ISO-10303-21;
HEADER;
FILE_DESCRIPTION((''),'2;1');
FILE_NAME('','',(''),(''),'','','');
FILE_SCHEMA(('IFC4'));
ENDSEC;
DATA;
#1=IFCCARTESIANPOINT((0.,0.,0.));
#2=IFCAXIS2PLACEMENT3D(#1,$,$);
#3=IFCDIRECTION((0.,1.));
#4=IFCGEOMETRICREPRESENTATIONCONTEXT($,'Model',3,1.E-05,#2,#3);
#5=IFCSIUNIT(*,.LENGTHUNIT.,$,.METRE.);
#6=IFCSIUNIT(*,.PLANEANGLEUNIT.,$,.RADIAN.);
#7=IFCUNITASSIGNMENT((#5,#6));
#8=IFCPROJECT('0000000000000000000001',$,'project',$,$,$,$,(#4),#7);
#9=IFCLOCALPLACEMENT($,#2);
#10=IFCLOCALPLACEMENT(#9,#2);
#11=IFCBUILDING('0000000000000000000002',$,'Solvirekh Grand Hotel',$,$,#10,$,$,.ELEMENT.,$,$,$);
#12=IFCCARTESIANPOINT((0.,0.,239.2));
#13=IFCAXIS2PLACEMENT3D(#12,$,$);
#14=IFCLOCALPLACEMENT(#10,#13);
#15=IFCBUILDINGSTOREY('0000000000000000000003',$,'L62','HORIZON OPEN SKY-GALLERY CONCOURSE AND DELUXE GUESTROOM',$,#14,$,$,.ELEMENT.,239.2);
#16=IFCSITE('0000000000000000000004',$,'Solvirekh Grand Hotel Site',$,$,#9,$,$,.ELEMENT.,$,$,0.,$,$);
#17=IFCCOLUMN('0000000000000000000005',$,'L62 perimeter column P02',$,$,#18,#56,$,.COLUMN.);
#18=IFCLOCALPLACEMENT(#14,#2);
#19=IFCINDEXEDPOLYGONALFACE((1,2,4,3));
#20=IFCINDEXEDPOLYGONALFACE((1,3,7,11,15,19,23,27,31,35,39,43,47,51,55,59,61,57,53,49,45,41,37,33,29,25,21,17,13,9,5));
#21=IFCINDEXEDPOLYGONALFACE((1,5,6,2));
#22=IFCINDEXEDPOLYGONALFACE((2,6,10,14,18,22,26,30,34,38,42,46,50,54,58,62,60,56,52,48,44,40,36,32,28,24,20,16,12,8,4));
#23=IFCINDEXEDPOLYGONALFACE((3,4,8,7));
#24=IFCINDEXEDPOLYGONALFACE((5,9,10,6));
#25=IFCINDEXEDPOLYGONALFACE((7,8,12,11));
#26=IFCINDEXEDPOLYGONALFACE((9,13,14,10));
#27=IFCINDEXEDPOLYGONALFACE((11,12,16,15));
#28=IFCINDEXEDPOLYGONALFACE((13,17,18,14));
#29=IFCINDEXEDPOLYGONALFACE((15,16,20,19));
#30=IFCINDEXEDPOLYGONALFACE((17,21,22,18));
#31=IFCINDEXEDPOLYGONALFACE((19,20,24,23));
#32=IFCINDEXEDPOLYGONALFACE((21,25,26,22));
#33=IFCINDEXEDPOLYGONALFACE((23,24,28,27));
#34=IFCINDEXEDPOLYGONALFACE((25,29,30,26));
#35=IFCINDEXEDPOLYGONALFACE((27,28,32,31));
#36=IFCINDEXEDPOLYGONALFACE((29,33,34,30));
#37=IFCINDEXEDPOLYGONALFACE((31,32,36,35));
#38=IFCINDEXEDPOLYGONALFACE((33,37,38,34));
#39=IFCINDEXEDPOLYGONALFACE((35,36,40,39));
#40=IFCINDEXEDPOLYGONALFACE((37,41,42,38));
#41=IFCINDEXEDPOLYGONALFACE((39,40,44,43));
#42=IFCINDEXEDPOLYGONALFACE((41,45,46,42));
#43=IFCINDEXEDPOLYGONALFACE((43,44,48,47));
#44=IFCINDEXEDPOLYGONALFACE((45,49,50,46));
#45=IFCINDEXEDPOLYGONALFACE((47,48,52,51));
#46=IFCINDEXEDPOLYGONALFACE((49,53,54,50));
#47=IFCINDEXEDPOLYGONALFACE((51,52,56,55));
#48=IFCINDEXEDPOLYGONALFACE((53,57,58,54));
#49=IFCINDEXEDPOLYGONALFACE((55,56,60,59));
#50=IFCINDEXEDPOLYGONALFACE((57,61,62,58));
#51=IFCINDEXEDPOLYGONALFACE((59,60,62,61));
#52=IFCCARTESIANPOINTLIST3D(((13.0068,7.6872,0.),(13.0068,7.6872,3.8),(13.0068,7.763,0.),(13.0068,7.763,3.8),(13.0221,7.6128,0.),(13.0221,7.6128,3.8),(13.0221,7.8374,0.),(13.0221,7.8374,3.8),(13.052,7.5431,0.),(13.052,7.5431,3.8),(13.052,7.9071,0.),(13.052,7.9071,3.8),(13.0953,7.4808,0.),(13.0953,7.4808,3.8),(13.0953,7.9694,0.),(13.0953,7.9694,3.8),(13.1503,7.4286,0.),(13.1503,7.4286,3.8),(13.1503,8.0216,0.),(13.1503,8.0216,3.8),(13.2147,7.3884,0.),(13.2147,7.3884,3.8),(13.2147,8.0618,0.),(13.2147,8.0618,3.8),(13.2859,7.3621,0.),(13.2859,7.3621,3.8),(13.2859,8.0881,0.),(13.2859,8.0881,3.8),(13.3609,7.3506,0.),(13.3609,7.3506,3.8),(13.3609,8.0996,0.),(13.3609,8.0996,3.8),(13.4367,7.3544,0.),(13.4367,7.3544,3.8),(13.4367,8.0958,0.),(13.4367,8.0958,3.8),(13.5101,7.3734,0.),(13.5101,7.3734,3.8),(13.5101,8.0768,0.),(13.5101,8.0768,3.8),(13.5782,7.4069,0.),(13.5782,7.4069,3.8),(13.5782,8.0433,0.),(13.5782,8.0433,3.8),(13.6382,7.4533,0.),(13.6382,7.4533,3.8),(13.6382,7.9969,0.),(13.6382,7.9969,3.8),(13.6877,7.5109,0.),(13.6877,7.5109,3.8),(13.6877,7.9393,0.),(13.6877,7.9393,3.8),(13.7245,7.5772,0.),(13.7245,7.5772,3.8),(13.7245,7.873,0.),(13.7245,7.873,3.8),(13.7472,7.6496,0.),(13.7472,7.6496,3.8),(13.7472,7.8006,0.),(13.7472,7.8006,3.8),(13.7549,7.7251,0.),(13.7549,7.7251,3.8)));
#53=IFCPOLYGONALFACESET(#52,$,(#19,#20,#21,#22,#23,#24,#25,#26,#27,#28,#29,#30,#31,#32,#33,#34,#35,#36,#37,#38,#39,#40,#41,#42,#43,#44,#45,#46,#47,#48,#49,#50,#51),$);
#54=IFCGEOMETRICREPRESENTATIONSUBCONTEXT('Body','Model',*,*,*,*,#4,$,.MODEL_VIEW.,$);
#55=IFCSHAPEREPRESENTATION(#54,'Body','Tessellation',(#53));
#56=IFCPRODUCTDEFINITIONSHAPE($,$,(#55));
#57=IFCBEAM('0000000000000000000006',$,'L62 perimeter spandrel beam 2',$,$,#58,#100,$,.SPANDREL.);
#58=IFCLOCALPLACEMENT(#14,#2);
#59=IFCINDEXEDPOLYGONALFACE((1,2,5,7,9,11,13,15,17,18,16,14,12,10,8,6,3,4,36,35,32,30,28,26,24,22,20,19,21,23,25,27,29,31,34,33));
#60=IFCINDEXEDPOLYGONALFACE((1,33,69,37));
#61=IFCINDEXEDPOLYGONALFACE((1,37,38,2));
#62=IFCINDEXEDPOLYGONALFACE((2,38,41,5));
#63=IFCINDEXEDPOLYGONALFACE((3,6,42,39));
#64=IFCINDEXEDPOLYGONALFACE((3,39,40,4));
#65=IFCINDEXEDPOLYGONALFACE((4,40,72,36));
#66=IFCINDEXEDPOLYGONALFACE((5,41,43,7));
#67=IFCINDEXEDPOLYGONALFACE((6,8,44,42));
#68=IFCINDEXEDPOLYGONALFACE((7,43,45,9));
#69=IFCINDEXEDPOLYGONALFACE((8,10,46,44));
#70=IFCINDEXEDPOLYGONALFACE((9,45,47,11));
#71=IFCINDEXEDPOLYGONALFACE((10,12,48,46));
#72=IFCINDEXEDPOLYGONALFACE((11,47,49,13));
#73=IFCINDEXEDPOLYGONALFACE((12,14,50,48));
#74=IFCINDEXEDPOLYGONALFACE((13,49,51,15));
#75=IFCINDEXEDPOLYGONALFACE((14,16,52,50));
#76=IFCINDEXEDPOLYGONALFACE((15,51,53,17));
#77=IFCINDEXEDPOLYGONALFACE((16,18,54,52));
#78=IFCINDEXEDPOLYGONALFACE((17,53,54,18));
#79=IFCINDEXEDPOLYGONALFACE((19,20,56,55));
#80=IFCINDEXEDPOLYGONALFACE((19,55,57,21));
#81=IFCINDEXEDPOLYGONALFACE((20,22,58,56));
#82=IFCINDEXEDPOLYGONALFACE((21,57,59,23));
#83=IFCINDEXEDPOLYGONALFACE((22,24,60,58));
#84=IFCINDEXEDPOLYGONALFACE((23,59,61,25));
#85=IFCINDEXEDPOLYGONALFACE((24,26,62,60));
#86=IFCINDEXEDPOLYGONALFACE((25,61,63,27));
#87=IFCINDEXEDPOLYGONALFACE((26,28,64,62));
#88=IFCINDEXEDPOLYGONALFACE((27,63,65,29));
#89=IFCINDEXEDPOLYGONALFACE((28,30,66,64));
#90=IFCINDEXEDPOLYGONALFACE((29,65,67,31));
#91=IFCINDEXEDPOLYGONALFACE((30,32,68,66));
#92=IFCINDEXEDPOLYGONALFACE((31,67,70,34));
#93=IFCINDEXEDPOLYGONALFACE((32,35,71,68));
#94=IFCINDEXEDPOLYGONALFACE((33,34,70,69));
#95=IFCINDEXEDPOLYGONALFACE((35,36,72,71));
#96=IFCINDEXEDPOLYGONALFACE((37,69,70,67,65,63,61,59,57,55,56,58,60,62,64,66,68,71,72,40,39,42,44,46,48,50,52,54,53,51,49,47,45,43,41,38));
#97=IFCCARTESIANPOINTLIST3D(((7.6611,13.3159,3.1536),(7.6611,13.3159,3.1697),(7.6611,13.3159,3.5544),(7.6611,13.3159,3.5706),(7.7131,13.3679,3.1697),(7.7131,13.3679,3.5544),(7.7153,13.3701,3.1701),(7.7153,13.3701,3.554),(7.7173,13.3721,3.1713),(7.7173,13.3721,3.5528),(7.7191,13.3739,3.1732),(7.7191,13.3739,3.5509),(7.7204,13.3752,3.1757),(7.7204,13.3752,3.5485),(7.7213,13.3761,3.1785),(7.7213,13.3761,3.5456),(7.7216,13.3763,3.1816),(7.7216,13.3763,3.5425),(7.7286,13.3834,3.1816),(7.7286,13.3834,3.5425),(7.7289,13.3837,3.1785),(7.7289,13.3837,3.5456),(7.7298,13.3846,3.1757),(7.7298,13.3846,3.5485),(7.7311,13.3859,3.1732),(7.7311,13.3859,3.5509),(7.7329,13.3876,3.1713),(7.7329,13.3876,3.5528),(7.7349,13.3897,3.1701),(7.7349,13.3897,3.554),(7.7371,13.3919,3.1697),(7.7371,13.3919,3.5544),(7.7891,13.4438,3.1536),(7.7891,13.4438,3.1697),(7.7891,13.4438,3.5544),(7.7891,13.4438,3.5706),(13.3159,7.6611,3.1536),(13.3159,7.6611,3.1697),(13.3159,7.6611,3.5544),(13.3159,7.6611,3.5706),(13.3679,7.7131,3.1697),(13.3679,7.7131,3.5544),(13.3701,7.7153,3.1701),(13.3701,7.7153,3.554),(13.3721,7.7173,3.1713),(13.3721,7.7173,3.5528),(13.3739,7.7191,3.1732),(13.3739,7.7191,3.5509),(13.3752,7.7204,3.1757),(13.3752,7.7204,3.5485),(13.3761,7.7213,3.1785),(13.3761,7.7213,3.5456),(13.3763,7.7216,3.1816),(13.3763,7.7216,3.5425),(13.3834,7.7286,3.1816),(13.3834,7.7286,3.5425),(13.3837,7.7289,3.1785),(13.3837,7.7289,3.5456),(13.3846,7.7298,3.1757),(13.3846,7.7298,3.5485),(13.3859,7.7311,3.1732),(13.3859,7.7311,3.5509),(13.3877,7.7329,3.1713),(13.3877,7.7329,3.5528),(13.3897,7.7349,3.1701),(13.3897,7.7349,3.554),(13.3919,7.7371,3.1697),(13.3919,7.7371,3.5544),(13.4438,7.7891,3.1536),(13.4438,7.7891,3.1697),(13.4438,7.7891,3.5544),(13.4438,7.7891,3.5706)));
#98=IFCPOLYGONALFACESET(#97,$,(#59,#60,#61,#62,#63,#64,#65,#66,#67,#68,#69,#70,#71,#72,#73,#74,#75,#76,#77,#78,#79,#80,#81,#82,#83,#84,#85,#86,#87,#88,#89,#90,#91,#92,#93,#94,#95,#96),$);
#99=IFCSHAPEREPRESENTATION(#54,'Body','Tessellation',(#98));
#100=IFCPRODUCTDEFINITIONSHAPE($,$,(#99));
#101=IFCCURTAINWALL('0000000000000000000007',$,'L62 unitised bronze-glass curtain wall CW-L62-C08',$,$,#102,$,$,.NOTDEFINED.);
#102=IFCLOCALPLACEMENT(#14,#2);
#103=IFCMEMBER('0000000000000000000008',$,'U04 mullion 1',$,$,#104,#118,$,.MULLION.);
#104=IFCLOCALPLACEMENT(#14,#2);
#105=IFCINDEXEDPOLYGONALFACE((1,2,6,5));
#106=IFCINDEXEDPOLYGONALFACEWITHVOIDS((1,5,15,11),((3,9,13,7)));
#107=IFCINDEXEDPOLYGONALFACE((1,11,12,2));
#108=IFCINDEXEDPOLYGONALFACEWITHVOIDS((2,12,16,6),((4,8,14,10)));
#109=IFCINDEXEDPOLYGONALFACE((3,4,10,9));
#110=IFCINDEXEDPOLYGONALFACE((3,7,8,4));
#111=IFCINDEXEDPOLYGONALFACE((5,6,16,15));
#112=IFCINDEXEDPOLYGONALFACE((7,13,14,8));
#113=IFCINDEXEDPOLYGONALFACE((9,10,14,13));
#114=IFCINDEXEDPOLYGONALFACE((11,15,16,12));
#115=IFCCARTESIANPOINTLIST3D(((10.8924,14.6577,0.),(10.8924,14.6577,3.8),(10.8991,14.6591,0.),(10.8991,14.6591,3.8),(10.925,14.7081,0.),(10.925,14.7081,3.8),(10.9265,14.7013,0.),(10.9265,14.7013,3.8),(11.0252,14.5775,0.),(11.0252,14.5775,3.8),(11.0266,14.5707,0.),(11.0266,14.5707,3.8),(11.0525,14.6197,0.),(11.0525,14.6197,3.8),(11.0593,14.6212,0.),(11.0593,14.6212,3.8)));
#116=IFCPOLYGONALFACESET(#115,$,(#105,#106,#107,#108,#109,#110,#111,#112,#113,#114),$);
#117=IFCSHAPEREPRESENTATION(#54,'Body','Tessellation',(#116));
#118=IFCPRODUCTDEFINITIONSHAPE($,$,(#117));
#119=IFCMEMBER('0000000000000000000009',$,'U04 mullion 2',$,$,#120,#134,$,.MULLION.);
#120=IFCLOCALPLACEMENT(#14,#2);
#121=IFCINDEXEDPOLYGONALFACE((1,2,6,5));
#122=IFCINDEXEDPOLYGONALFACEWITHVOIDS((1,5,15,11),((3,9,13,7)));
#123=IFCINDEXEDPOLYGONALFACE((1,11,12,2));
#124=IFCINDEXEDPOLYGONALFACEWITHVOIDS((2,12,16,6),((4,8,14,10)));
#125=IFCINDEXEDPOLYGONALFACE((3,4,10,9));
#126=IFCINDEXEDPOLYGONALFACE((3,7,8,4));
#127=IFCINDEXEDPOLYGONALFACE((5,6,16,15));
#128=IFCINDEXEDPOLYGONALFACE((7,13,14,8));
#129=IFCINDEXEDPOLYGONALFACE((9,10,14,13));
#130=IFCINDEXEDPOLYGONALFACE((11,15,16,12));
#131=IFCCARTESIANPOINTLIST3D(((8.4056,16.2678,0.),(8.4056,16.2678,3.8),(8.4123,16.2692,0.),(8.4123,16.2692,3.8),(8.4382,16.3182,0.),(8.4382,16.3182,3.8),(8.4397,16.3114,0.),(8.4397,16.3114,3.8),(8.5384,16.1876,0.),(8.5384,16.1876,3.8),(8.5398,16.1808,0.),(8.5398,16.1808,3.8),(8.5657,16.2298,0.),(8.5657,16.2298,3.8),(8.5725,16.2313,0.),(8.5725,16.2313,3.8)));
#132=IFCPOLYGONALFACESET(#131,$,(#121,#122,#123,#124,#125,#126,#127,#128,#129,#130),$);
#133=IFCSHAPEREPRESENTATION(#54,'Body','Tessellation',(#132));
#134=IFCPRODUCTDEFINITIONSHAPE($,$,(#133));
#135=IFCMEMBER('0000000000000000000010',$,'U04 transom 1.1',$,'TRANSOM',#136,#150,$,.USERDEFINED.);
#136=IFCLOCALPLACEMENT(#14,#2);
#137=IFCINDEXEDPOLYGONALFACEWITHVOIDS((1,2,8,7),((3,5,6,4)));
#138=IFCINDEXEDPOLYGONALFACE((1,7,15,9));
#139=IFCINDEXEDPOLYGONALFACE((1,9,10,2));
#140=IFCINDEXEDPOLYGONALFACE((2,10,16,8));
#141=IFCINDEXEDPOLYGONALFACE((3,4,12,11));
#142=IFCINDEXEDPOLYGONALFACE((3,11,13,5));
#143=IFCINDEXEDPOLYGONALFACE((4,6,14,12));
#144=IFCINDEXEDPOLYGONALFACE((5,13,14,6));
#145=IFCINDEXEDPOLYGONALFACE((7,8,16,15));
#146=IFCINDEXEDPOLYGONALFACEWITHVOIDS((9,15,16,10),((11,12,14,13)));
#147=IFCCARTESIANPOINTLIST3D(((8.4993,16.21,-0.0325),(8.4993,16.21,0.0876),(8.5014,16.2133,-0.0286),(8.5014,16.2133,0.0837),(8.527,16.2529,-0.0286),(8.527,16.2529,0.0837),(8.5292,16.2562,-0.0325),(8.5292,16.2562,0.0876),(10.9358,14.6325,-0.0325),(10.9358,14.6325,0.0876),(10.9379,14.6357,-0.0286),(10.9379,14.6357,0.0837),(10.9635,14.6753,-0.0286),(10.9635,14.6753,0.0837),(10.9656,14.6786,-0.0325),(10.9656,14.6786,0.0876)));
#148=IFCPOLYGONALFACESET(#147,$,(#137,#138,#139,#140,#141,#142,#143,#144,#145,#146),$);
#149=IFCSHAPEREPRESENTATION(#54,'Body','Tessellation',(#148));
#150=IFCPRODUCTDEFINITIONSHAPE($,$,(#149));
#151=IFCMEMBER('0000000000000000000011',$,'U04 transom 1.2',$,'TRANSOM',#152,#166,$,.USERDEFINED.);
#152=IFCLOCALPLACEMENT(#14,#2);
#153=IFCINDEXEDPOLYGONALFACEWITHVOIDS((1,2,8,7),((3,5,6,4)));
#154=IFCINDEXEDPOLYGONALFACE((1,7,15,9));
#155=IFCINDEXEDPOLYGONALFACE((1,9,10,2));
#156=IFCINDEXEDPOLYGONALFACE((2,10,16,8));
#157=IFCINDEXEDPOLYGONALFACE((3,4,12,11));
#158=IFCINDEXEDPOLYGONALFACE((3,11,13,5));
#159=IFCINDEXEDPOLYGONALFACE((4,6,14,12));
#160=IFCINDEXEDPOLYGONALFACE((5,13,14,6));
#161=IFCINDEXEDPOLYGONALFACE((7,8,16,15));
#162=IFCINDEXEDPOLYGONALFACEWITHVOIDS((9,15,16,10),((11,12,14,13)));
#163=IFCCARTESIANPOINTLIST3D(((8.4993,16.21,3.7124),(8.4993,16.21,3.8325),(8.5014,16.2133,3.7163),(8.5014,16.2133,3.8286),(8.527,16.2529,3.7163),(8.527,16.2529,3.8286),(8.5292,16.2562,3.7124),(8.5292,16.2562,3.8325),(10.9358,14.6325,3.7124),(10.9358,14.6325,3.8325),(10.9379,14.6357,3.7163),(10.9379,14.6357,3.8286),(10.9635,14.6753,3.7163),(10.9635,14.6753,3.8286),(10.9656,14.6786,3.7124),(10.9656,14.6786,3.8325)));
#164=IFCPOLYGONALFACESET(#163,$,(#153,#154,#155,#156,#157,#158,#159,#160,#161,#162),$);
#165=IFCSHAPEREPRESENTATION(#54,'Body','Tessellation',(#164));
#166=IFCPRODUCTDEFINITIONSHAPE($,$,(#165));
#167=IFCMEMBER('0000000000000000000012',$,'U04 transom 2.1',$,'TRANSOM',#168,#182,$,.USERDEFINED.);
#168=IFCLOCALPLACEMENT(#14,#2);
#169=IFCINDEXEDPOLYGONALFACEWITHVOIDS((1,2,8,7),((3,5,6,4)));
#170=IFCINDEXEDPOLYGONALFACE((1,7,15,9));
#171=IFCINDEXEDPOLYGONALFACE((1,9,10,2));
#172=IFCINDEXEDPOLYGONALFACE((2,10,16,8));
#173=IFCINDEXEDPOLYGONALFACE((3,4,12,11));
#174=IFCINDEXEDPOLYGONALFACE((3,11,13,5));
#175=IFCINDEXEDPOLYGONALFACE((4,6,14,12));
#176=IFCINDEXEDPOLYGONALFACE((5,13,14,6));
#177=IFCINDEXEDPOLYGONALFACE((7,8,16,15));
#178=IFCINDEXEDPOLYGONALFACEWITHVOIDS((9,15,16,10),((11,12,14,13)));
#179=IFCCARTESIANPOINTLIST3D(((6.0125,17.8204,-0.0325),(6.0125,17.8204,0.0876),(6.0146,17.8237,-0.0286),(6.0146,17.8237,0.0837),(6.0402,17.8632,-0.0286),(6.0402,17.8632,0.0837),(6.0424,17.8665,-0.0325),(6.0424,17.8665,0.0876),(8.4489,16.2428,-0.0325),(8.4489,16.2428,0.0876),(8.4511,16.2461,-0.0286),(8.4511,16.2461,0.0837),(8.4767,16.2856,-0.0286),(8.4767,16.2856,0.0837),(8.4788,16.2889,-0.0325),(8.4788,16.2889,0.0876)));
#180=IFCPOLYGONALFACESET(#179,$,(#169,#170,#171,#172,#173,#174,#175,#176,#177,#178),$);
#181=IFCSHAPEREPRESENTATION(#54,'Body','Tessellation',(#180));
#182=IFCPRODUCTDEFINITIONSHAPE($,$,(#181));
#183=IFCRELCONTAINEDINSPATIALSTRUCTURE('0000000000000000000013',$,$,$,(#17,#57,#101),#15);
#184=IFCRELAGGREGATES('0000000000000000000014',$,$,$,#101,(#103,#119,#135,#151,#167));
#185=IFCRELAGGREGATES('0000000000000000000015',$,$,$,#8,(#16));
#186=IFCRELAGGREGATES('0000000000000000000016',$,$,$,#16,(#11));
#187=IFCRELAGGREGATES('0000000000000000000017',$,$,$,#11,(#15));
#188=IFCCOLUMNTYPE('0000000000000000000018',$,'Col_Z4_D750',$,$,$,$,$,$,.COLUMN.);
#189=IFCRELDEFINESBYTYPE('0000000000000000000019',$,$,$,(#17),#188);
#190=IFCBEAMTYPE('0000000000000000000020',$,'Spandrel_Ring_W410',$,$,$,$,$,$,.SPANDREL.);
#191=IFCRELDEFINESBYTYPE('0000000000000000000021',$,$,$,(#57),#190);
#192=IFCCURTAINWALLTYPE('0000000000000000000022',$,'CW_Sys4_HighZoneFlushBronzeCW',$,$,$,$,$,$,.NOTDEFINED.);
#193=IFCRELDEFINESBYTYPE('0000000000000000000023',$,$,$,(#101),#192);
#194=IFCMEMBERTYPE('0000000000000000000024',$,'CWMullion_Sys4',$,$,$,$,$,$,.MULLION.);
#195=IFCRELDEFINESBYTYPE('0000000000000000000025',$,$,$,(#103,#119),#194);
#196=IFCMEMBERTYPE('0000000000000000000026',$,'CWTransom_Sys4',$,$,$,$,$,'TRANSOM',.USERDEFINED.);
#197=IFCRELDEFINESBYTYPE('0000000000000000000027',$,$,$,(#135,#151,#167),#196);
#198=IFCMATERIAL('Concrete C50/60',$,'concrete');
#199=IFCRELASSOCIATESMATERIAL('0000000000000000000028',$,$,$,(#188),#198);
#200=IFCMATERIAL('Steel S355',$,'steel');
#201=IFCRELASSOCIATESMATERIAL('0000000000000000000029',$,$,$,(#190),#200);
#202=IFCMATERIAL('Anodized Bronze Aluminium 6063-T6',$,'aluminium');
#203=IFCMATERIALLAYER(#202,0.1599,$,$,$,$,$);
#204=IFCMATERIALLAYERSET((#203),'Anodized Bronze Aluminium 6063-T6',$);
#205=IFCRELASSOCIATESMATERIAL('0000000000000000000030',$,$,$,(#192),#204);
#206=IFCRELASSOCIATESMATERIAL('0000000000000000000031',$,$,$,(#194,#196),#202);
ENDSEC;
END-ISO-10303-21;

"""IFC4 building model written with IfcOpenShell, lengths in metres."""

from ifc_helpers import new_model, si_unit, direction, frame, origin, origin_2d, place, context, subcontext, project, spatial, hollow_rectangle, circle, i_section, extrude, source, transform, mapped, material, layer, layer_set, material_profile, profile_set, type_object, element, aggregate, save


model = new_model("IFC4")

# Units and contexts
model_context = context("Model", 3, precision=1e-05, world=origin(), true_north=direction((0.0, 1.0)))
body_context = subcontext(model_context, "Body", "Model", "MODEL_VIEW")
ifc_project = project(units=[si_unit("LENGTHUNIT", "METRE"), si_unit("PLANEANGLEUNIT", "RADIAN")], contexts=[model_context])

# Site, building, storey
site_placement = place(None, origin())
site = spatial("IfcSite", under=ifc_project, at=site_placement, Name="Solvirekh Grand Hotel Site", CompositionType="ELEMENT", RefElevation=0.0)
building_placement = place(site_placement, origin())
building = spatial("IfcBuilding", under=site, at=building_placement, Name="Solvirekh Grand Hotel", CompositionType="ELEMENT")
storey_placement = place(building_placement, frame((0.0, 0.0, 239.2)))
storey = spatial("IfcBuildingStorey", under=building, at=storey_placement, Name="L62", Description="HORIZON OPEN SKY-GALLERY CONCOURSE AND DELUXE GUESTROOM", CompositionType="ELEMENT", Elevation=239.2)

# Column
ifc_material_1 = material(Name="Concrete C50/60", Category="concrete")
ifc_material_profile_1 = material_profile(ifc_material_1, circle(Radius=0.375, at=origin_2d()), Name="RC CIRC D750")
ifc_profile_set_1 = profile_set([ifc_material_profile_1], Name="Concrete C50/60")
column_type = type_object("IfcColumnType", Name="Col_Z4_D750", PredefinedType="COLUMN", material=ifc_profile_set_1)
column_placement = place(storey_placement, frame((13.3799, 7.7251, 0.0), z_axis=(0.0, 0.0, 1.0), x_axis=(1.0, 0.0, 0.0)))
element("IfcColumn", 1, at=column_placement, inside=storey, type_object=column_type, Name="L62 perimeter column P02", PredefinedType="COLUMN", context=body_context, shape_type="SweptSolid", body=[
    extrude(circle(Radius=0.375, at=origin_2d()), origin(), (0.0, 0.0, 1.0), 3.8),
])

# Beam
ifc_material_2 = material(Name="Steel S355", Category="steel")
ifc_material_profile_2 = material_profile(ifc_material_2, i_section(OverallWidth=0.1809, OverallDepth=0.417, WebThickness=0.01, FlangeThickness=0.0161, FilletRadius=0.012, at=origin_2d()), Name="W410X85")
ifc_profile_set_2 = profile_set([ifc_material_profile_2], Name="Steel S355")
beam_type = type_object("IfcBeamType", Name="Spandrel_Ring_W410", PredefinedType="SPANDREL", material=ifc_profile_set_2)
beam_placement = place(storey_placement, frame((13.3799, 7.7251, 3.3621), z_axis=(-0.707107, 0.707107, 0.0), x_axis=(-0.707107, -0.707107, 0.0)))
element("IfcBeam", 2, at=beam_placement, inside=storey, type_object=beam_type, Name="L62 perimeter spandrel beam 2", PredefinedType="SPANDREL", context=body_context, shape_type="SweptSolid", body=[
    extrude(i_section(OverallWidth=0.1809, OverallDepth=0.417, WebThickness=0.01, FlangeThickness=0.0161, FilletRadius=0.012, at=origin_2d()), origin(), (0.0, 0.0, 1.0), 7.9971),
])

# Curtain wall, members
ifc_material_3 = material(Name="Anodized Bronze Aluminium 6063-T6", Category="aluminium")
ifc_layer_1 = layer(ifc_material_3, 0.1599)
ifc_layer_set_1 = layer_set([ifc_layer_1], Name="Anodized Bronze Aluminium 6063-T6")
curtain_wall_type = type_object("IfcCurtainWallType", Name="CW_Sys4_HighZoneFlushBronzeCW", PredefinedType="NOTDEFINED", material=ifc_layer_set_1)
curtain_wall_placement = place(storey_placement, origin())
curtain_wall = element("IfcCurtainWall", 3, at=curtain_wall_placement, inside=storey, type_object=curtain_wall_type, Name="L62 unitised bronze-glass curtain wall CW-L62-C08", PredefinedType="NOTDEFINED")
ifc_material_profile_3 = material_profile(ifc_material_3, hollow_rectangle(XDim=0.0601, YDim=0.1599, WallThickness=0.0049, at=origin_2d()), Name="ALU RHS 160X60X5")
ifc_profile_set_3 = profile_set([ifc_material_profile_3], Name="Anodized Bronze Aluminium 6063-T6")
member_type_1 = type_object("IfcMemberType", Name="CWMullion_Sys4", PredefinedType="MULLION", material=ifc_profile_set_3)
shared_shape_1 = source(origin(), body_context, "Body", "SweptSolid", [
    extrude(hollow_rectangle(XDim=0.0601, YDim=0.1599, WallThickness=0.0049, at=origin_2d()), origin(), (0.0, 0.0, 1.0), 3.8),
])
member_1_placement = place(storey_placement, frame((10.9758, 14.6394, 0.0), z_axis=(0.0, 0.0, 1.0), x_axis=(-0.543508, -0.839404, 0.0)))
member_1 = element("IfcMember", 4, at=member_1_placement, type_object=member_type_1, Name="U04 mullion 1", PredefinedType="MULLION", context=body_context, shape_type="MappedRepresentation", body=[
    mapped(shared_shape_1, transform((0.0, 0.0, 0.0), x_axis=(1.0, 0.0, 0.0), y_axis=(0.0, 1.0, 0.0), z_axis=(0.0, 0.0, 1.0), scale=1.0)),
])
member_2_placement = place(storey_placement, frame((8.489, 16.2495, 0.0), z_axis=(0.0, 0.0, 1.0), x_axis=(-0.543508, -0.839404, 0.0)))
member_2 = element("IfcMember", 5, at=member_2_placement, type_object=member_type_1, Name="U04 mullion 2", PredefinedType="MULLION", context=body_context, shape_type="MappedRepresentation", body=[
    mapped(shared_shape_1, transform((0.0, 0.0, 0.0), x_axis=(1.0, 0.0, 0.0), y_axis=(0.0, 1.0, 0.0), z_axis=(0.0, 0.0, 1.0), scale=1.0)),
])
ifc_material_profile_4 = material_profile(ifc_material_3, hollow_rectangle(XDim=0.0549, YDim=0.1201, WallThickness=0.0039, at=origin_2d()), Name="ALU RHS 120X55X4")
ifc_profile_set_4 = profile_set([ifc_material_profile_4], Name="Anodized Bronze Aluminium 6063-T6")
member_type_2 = type_object("IfcMemberType", Name="CWTransom_Sys4", ElementType="TRANSOM", PredefinedType="USERDEFINED", material=ifc_profile_set_4)
shared_shape_2 = source(origin(), body_context, "Body", "SweptSolid", [
    extrude(hollow_rectangle(XDim=0.0549, YDim=0.1201, WallThickness=0.0039, at=origin_2d()), origin(), (0.0, 0.0, 1.0), 2.9026),
])
member_3_placement = place(storey_placement, frame((10.9507, 14.6555, 0.0276), z_axis=(-0.839403, 0.543509, 0.0), x_axis=(-0.543509, -0.839403, 0.0)))
member_3 = element("IfcMember", 6, at=member_3_placement, type_object=member_type_2, Name="U04 transom 1.1", ObjectType="TRANSOM", PredefinedType="USERDEFINED", context=body_context, shape_type="MappedRepresentation", body=[
    mapped(shared_shape_2, transform((0.0, 0.0, 0.0), x_axis=(1.0, 0.0, 0.0), y_axis=(0.0, 1.0, 0.0), z_axis=(0.0, 0.0, 1.0), scale=1.0)),
])
member_4_placement = place(storey_placement, frame((10.9507, 14.6555, 3.7725), z_axis=(-0.839403, 0.543509, 0.0), x_axis=(-0.543509, -0.839403, 0.0)))
member_4 = element("IfcMember", 7, at=member_4_placement, type_object=member_type_2, Name="U04 transom 1.2", ObjectType="TRANSOM", PredefinedType="USERDEFINED", context=body_context, shape_type="MappedRepresentation", body=[
    mapped(shared_shape_2, transform((0.0, 0.0, 0.0), x_axis=(1.0, 0.0, 0.0), y_axis=(0.0, 1.0, 0.0), z_axis=(0.0, 0.0, 1.0), scale=1.0)),
])
member_5_placement = place(storey_placement, frame((8.4639, 16.2659, 0.0276), z_axis=(-0.839403, 0.543509, 0.0), x_axis=(-0.543509, -0.839403, 0.0)))
member_5 = element("IfcMember", 8, at=member_5_placement, type_object=member_type_2, Name="U04 transom 2.1", ObjectType="TRANSOM", PredefinedType="USERDEFINED", context=body_context, shape_type="MappedRepresentation", body=[
    mapped(shared_shape_2, transform((0.0, 0.0, 0.0), x_axis=(1.0, 0.0, 0.0), y_axis=(0.0, 1.0, 0.0), z_axis=(0.0, 0.0, 1.0), scale=1.0)),
])
aggregate(curtain_wall, [member_1, member_2, member_3, member_4, member_5])

save(model, "model.ifc")
